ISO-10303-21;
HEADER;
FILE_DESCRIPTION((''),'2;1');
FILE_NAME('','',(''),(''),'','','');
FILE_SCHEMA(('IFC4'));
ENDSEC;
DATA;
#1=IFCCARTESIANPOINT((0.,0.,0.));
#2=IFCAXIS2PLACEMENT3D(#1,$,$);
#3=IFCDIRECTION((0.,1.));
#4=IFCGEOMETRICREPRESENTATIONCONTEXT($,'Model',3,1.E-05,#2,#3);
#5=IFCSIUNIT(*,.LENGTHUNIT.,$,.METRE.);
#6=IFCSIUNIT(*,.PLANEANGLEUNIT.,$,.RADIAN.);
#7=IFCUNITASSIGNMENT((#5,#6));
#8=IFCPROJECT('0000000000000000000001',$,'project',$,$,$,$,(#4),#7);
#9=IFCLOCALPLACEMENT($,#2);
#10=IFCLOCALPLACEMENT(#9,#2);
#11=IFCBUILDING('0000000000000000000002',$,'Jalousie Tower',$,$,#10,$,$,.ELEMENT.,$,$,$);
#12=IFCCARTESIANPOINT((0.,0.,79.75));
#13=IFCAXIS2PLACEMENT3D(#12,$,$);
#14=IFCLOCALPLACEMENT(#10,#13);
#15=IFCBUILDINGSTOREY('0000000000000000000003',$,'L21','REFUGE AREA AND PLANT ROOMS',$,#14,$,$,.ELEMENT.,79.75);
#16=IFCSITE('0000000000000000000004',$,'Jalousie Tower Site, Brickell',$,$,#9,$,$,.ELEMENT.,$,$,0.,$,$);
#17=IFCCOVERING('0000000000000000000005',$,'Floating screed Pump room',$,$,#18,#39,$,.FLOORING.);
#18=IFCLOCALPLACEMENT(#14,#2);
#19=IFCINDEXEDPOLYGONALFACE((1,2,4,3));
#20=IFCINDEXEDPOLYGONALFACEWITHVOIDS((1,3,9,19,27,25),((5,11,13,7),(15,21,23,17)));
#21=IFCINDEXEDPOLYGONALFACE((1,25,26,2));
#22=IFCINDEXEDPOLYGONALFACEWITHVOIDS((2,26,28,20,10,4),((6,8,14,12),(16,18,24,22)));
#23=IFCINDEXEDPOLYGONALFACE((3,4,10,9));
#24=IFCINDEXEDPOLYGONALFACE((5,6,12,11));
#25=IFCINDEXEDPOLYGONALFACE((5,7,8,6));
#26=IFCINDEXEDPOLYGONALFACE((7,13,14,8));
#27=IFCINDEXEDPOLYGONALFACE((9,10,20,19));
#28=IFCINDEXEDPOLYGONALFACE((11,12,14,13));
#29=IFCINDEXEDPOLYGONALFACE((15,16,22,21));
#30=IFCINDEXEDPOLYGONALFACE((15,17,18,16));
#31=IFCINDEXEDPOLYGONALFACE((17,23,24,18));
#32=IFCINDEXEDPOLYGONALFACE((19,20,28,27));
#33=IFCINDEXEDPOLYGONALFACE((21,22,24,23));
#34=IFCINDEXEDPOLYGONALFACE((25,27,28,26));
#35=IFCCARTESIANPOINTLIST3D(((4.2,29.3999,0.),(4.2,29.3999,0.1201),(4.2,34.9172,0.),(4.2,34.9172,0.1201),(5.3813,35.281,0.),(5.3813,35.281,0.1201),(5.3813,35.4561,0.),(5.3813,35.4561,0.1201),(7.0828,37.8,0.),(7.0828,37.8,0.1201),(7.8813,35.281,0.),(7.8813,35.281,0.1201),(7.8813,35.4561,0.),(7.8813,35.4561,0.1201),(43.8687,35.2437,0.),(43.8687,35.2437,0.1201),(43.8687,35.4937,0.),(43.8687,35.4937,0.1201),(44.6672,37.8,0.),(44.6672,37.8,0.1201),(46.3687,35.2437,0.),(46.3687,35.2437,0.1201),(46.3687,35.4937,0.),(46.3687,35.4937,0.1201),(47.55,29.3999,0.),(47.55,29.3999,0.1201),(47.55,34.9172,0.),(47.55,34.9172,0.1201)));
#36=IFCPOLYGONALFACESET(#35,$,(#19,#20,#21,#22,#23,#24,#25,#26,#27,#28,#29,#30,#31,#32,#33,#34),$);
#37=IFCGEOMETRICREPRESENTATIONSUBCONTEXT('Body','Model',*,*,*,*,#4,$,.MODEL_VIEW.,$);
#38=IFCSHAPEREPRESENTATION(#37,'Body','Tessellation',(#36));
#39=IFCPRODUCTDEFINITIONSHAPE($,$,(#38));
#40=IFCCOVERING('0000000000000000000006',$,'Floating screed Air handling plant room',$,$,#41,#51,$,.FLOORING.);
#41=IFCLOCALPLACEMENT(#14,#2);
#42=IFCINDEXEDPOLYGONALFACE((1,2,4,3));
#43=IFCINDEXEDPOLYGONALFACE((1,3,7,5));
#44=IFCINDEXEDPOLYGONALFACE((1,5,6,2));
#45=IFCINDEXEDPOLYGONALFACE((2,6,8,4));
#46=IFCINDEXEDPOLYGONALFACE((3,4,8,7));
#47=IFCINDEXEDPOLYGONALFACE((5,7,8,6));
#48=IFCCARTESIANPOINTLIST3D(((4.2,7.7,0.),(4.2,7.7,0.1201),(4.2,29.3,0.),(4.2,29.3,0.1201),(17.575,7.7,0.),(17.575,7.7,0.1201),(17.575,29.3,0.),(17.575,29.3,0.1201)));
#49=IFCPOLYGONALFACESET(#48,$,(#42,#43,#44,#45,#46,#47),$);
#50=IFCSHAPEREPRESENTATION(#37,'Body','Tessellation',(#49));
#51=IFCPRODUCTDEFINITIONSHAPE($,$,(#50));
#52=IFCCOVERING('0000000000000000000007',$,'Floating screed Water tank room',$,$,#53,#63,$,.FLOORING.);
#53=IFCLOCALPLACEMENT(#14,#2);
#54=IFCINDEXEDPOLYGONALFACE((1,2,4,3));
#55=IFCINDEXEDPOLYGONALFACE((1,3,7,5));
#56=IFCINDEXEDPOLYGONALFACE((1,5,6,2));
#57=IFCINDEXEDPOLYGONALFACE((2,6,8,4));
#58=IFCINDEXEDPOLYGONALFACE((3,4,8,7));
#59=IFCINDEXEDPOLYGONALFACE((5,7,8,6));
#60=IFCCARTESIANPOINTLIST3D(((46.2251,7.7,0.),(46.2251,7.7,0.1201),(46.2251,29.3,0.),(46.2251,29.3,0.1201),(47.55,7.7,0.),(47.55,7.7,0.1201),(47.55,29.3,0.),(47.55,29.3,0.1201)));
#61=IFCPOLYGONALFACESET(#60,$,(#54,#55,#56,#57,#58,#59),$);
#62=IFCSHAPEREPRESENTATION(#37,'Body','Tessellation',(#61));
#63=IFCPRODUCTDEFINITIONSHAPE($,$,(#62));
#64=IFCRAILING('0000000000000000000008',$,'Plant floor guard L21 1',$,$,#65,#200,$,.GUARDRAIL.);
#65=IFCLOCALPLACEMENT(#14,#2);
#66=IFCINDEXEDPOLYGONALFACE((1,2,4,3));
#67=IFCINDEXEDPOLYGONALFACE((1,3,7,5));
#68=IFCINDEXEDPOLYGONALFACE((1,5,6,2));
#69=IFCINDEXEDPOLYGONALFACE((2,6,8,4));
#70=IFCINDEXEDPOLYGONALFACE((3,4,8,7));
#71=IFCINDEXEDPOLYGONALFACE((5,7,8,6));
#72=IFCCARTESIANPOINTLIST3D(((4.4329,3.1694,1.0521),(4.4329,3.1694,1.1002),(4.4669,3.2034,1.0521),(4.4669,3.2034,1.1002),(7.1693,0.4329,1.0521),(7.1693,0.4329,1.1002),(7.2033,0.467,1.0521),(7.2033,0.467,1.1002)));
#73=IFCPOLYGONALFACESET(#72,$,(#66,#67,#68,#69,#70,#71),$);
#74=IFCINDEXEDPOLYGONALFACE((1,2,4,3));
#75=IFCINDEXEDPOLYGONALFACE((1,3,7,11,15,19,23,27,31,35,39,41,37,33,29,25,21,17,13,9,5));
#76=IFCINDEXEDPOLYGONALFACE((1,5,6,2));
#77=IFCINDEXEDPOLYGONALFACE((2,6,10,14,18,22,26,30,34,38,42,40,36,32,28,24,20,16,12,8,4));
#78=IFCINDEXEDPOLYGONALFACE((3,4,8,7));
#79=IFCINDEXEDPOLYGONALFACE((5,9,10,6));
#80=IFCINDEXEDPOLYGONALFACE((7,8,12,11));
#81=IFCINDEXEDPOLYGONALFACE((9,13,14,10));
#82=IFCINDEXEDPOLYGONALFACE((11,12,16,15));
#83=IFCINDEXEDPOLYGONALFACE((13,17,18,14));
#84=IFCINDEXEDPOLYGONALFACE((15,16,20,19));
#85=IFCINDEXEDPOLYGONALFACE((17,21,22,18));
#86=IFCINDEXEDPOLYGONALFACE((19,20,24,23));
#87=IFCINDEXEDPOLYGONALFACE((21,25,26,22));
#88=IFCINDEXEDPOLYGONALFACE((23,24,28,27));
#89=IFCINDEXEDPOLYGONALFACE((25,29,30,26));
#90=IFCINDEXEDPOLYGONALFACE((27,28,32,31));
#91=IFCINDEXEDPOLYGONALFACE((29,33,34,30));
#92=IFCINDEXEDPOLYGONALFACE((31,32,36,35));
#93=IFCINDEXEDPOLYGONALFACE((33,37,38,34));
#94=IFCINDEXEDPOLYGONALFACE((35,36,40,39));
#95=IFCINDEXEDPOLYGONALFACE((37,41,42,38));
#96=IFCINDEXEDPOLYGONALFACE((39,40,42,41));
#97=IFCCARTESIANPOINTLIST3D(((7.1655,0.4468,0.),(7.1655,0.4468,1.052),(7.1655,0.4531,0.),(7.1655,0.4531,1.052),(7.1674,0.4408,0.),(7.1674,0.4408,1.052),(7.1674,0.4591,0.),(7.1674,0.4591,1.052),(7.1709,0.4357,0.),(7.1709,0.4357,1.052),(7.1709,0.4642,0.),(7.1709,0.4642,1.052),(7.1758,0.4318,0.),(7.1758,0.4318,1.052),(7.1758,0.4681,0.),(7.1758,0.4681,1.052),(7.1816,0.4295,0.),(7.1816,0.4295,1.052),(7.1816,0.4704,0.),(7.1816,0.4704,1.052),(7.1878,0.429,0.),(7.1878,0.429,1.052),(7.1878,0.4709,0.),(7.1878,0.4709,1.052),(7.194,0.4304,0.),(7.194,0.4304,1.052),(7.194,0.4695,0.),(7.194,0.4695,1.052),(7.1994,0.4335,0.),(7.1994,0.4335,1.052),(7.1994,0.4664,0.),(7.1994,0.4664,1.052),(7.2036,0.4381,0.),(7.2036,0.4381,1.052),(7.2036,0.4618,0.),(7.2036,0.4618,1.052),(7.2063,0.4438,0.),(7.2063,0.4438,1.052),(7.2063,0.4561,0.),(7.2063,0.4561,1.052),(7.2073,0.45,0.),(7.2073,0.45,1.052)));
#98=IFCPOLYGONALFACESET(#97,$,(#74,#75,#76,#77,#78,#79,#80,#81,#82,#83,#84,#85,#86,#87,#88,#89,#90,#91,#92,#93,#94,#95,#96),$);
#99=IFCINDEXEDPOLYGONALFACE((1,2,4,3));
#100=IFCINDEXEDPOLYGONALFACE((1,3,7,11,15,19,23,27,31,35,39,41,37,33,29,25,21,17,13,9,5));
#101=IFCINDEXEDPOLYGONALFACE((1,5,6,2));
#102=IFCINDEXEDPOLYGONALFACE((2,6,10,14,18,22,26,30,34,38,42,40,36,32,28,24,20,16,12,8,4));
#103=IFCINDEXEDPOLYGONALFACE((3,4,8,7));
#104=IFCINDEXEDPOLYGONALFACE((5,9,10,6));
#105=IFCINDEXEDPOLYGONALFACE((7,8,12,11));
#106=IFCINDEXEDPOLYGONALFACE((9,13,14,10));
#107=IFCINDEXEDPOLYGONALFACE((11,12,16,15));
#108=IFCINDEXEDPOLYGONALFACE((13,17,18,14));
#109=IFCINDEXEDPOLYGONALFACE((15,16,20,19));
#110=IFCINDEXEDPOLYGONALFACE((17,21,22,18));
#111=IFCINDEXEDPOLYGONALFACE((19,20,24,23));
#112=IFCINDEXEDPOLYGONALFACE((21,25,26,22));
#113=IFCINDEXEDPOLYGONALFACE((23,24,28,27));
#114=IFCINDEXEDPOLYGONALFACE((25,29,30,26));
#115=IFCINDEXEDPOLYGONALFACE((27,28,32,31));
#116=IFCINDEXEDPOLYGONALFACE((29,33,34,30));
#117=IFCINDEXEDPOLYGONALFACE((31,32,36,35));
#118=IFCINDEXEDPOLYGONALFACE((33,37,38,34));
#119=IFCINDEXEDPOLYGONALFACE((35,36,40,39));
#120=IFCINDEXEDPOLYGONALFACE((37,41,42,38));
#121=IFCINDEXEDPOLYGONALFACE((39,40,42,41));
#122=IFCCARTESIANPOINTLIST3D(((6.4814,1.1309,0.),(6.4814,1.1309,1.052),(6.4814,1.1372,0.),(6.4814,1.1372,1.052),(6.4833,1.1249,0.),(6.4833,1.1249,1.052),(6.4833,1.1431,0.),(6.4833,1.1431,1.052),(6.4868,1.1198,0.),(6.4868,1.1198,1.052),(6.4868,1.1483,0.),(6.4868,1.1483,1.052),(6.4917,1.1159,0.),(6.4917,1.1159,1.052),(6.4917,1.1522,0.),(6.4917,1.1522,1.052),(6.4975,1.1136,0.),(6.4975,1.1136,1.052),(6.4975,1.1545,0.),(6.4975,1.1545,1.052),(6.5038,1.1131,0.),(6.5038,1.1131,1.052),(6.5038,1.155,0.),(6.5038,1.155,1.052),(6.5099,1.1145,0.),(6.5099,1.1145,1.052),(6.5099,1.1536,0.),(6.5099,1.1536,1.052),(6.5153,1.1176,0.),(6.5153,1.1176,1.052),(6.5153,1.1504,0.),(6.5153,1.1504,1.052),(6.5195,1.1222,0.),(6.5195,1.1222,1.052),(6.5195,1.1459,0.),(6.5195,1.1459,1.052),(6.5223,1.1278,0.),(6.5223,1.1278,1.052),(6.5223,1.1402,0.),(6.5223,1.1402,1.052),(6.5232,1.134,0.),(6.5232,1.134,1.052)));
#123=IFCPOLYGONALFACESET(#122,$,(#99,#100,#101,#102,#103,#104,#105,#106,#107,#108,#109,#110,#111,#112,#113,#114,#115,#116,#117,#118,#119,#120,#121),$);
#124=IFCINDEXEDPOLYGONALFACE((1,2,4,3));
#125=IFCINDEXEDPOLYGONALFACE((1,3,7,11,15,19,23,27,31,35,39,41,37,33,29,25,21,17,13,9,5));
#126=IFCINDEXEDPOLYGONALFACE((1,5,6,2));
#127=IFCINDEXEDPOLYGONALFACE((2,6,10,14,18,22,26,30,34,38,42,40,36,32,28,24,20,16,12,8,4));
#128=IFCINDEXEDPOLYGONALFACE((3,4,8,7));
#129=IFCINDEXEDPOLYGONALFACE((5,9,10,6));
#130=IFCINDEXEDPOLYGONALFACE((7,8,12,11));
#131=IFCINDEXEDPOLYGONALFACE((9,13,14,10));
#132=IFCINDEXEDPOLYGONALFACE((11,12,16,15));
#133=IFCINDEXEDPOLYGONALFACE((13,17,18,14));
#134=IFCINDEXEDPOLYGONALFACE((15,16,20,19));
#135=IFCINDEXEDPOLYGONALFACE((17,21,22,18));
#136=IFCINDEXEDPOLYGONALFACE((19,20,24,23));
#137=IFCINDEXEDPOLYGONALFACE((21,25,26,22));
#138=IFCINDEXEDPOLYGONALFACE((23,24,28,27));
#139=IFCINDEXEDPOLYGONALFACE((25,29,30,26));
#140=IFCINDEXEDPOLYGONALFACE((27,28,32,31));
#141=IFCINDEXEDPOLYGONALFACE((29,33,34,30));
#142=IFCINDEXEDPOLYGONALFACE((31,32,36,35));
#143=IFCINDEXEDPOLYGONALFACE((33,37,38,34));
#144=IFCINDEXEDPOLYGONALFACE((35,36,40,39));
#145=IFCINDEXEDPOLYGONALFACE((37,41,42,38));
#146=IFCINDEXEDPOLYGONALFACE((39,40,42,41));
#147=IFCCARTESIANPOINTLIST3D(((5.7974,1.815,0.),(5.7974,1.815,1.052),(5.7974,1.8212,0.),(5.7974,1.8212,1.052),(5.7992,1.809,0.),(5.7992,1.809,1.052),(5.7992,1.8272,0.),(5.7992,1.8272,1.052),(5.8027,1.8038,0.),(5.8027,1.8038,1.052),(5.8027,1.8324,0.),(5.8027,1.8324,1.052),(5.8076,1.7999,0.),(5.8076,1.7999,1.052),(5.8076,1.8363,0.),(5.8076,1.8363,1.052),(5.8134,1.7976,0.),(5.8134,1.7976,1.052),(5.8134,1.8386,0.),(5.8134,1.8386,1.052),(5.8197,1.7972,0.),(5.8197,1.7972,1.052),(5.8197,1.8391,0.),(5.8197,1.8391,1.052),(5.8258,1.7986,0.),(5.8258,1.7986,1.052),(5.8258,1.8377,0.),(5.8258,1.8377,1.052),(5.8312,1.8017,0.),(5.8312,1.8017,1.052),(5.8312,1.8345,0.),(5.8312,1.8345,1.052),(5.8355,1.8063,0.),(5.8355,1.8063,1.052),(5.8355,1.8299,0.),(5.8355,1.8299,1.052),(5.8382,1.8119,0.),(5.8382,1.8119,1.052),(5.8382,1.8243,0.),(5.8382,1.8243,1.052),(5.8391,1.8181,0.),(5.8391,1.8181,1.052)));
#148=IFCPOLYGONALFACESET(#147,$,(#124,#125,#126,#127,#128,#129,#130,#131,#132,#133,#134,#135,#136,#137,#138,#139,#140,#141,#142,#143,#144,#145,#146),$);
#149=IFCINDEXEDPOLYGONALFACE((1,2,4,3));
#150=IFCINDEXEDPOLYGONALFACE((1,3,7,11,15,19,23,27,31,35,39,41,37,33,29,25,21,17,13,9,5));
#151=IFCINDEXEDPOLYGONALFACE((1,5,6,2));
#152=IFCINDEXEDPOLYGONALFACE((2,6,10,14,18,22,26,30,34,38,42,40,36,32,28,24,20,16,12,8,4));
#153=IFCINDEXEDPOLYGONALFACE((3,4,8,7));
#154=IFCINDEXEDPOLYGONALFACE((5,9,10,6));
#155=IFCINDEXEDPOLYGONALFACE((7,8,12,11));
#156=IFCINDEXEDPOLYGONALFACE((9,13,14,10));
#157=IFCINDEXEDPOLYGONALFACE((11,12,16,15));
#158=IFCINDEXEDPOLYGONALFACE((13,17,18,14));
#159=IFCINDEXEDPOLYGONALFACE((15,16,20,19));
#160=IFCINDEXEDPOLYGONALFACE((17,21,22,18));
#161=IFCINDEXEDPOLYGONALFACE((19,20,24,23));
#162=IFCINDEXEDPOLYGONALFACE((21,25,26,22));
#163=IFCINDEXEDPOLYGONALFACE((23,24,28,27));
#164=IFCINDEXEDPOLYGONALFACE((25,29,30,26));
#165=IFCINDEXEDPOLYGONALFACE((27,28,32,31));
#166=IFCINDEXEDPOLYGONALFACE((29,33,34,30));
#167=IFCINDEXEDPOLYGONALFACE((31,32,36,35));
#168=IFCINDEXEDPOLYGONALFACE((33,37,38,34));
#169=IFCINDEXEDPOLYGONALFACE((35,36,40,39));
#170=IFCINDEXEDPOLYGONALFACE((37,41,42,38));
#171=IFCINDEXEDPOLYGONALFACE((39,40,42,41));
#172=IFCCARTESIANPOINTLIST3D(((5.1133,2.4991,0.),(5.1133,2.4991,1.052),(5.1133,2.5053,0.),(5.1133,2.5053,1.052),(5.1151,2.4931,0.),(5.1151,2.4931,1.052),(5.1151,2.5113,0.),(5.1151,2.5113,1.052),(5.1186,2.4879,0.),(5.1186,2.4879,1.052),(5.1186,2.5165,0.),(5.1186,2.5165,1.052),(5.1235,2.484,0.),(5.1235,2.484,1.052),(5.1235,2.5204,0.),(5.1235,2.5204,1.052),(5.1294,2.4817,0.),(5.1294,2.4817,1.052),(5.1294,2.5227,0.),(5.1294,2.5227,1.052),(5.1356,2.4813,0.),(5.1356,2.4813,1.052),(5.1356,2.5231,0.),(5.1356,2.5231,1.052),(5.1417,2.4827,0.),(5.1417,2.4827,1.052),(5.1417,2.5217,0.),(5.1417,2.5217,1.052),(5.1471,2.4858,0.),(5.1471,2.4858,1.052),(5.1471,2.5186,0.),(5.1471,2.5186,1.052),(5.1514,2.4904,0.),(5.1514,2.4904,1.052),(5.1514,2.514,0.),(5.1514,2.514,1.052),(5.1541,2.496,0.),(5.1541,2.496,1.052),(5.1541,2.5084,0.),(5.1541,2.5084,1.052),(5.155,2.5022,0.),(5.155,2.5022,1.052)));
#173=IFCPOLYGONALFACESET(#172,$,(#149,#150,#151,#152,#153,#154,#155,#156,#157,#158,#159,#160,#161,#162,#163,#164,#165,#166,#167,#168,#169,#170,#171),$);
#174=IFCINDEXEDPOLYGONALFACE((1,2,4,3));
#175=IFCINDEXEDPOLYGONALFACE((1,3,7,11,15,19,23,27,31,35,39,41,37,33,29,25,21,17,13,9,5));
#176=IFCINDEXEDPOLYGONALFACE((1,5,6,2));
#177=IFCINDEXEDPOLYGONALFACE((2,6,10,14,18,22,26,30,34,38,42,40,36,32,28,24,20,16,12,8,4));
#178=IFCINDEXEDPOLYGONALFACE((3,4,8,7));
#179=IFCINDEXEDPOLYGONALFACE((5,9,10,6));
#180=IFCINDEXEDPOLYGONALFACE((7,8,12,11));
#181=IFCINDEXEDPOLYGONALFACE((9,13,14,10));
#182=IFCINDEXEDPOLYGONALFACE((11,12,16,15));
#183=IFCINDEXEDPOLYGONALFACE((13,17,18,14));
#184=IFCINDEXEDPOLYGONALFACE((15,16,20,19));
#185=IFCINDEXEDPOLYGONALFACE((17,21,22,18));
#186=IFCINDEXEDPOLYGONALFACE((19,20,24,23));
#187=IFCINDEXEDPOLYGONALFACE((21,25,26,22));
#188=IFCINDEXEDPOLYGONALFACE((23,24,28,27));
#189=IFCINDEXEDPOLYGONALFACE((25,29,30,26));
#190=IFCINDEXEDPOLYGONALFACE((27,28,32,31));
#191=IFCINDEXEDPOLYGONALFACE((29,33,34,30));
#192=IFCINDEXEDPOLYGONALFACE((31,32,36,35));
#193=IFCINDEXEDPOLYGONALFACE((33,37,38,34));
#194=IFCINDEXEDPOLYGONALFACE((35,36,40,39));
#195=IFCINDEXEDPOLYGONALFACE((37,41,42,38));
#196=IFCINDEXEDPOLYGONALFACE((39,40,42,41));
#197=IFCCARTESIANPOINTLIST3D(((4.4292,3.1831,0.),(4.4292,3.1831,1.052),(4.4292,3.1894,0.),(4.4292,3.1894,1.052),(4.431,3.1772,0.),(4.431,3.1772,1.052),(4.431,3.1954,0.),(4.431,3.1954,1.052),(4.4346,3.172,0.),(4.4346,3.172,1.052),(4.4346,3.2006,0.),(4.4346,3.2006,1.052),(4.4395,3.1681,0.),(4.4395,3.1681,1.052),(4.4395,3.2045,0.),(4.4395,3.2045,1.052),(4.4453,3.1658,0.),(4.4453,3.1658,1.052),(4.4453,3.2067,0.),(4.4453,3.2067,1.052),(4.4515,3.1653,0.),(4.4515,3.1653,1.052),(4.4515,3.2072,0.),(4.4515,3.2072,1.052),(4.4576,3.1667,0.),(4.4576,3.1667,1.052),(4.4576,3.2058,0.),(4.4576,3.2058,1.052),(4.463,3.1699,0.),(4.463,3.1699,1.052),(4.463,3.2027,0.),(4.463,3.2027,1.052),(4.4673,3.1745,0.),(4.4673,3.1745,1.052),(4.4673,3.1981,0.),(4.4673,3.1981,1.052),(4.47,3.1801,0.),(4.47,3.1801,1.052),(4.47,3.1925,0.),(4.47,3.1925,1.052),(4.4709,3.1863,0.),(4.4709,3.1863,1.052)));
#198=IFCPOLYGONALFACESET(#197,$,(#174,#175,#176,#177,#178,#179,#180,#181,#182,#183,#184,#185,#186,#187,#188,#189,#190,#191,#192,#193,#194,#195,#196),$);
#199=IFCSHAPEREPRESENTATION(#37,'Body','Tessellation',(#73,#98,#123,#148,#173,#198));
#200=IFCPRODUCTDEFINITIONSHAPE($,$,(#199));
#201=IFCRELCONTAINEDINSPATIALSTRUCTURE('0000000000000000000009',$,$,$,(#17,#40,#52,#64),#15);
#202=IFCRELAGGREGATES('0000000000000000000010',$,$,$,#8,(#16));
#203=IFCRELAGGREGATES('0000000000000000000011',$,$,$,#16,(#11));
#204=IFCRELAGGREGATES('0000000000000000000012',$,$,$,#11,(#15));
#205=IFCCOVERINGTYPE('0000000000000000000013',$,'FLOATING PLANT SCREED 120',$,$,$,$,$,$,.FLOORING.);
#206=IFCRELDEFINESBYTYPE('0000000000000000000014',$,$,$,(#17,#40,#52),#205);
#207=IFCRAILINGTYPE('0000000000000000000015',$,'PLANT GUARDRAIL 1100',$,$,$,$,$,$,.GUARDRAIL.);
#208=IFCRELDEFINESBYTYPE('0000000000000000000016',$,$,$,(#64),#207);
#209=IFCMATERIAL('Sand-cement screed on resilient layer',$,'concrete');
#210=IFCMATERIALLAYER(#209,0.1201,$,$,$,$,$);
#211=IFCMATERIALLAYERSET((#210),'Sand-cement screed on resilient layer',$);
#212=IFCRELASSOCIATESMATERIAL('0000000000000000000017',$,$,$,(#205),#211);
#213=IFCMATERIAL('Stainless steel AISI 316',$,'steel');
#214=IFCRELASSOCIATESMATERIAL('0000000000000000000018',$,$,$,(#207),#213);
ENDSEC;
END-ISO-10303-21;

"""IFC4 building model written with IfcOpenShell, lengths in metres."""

from ifc_helpers import new_model, si_unit, direction, frame, origin, origin_2d, place, context, subcontext, project, spatial, polyline, rectangle, circle, outline, extrude, material, layer, layer_set, type_object, element, save


model = new_model("IFC4")

# Units and contexts
model_context = context("Model", 3, precision=1e-05, world=origin(), true_north=direction((0.0, 1.0)))
body_context = subcontext(model_context, "Body", "Model", "MODEL_VIEW")
ifc_project = project(units=[si_unit("LENGTHUNIT", "METRE"), si_unit("PLANEANGLEUNIT", "RADIAN")], contexts=[model_context])

# Site, building, storey
site_placement = place(None, origin())
site = spatial("IfcSite", under=ifc_project, at=site_placement, Name="Jalousie Tower Site, Brickell", CompositionType="ELEMENT", RefElevation=0.0)
building_placement = place(site_placement, origin())
building = spatial("IfcBuilding", under=site, at=building_placement, Name="Jalousie Tower", CompositionType="ELEMENT")
storey_placement = place(building_placement, frame((0.0, 0.0, 79.75)))
storey = spatial("IfcBuildingStorey", under=building, at=storey_placement, Name="L21", Description="REFUGE AREA AND PLANT ROOMS", CompositionType="ELEMENT", Elevation=79.75)

# Coverings
ifc_material_1 = material(Name="Sand-cement screed on resilient layer", Category="concrete")
ifc_layer_1 = layer(ifc_material_1, 0.1201)
ifc_layer_set_1 = layer_set([ifc_layer_1], Name="Sand-cement screed on resilient layer")
covering_type = type_object("IfcCoveringType", Name="FLOATING PLANT SCREED 120", PredefinedType="FLOORING", material=ifc_layer_set_1)
covering_1_placement = place(storey_placement, origin())
element("IfcCovering", 1, at=covering_1_placement, inside=storey, type_object=covering_type, Name="Floating screed Pump room", PredefinedType="FLOORING", context=body_context, shape_type="SweptSolid", body=[
    extrude(outline(polyline([(4.2, 34.9172), (7.0828, 37.8), (44.6672, 37.8), (47.55, 34.9172), (47.55, 29.3999), (4.2, 29.3999), (4.2, 34.9172)]), holes=[polyline([(43.8687, 35.2437), (46.3687, 35.2437), (46.3687, 35.4937), (43.8687, 35.4937), (43.8687, 35.2437)]), polyline([(5.3813, 35.281), (7.8813, 35.281), (7.8813, 35.4561), (5.3813, 35.4561), (5.3813, 35.281)])]), origin(), (0.0, 0.0, 1.0), 0.1201),
])
covering_2_placement = place(storey_placement, origin())
element("IfcCovering", 2, at=covering_2_placement, inside=storey, type_object=covering_type, Name="Floating screed Air handling plant room", PredefinedType="FLOORING", context=body_context, shape_type="SweptSolid", body=[
    extrude(outline(polyline([(17.575, 7.7), (4.2, 7.7), (4.2, 29.3), (17.575, 29.3), (17.575, 7.7)])), origin(), (0.0, 0.0, 1.0), 0.1201),
])
covering_3_placement = place(storey_placement, origin())
element("IfcCovering", 3, at=covering_3_placement, inside=storey, type_object=covering_type, Name="Floating screed Water tank room", PredefinedType="FLOORING", context=body_context, shape_type="SweptSolid", body=[
    extrude(outline(polyline([(47.55, 29.3), (47.55, 7.7), (46.2251, 7.7), (46.2251, 29.3), (47.55, 29.3)])), origin(), (0.0, 0.0, 1.0), 0.1201),
])

# Railing
ifc_material_2 = material(Name="Stainless steel AISI 316", Category="steel")
railing_type = type_object("IfcRailingType", Name="PLANT GUARDRAIL 1100", PredefinedType="GUARDRAIL", material=ifc_material_2)
railing_1_placement = place(storey_placement, frame((7.1863, 0.45, 0.0)))
element("IfcRailing", 4, at=railing_1_placement, inside=storey, type_object=railing_type, Name="Plant floor guard L21 1", PredefinedType="GUARDRAIL", context=body_context, shape_type="SweptSolid", body=[
    extrude(rectangle(XDim=0.0481, YDim=0.0481, at=origin_2d()), frame((0.0, 0.0, 1.0762), z_axis=(-0.707107, 0.707107, 0.0), x_axis=(-0.707107, -0.707107, 0.0)), (0.0, 0.0, 1.0), 3.8699),
    extrude(circle(Radius=0.021, at=origin_2d()), origin(), (0.0, 0.0, 1.0), 1.052),
    extrude(circle(Radius=0.021, at=origin_2d()), frame((-0.6841, 0.6841, 0.0)), (0.0, 0.0, 1.0), 1.052),
    extrude(circle(Radius=0.021, at=origin_2d()), frame((-1.3682, 1.3682, 0.0)), (0.0, 0.0, 1.0), 1.052),
    extrude(circle(Radius=0.021, at=origin_2d()), frame((-2.0522, 2.0522, 0.0)), (0.0, 0.0, 1.0), 1.052),
    extrude(circle(Radius=0.021, at=origin_2d()), frame((-2.7363, 2.7363, 0.0)), (0.0, 0.0, 1.0), 1.052),
])

save(model, "model.ifc")
